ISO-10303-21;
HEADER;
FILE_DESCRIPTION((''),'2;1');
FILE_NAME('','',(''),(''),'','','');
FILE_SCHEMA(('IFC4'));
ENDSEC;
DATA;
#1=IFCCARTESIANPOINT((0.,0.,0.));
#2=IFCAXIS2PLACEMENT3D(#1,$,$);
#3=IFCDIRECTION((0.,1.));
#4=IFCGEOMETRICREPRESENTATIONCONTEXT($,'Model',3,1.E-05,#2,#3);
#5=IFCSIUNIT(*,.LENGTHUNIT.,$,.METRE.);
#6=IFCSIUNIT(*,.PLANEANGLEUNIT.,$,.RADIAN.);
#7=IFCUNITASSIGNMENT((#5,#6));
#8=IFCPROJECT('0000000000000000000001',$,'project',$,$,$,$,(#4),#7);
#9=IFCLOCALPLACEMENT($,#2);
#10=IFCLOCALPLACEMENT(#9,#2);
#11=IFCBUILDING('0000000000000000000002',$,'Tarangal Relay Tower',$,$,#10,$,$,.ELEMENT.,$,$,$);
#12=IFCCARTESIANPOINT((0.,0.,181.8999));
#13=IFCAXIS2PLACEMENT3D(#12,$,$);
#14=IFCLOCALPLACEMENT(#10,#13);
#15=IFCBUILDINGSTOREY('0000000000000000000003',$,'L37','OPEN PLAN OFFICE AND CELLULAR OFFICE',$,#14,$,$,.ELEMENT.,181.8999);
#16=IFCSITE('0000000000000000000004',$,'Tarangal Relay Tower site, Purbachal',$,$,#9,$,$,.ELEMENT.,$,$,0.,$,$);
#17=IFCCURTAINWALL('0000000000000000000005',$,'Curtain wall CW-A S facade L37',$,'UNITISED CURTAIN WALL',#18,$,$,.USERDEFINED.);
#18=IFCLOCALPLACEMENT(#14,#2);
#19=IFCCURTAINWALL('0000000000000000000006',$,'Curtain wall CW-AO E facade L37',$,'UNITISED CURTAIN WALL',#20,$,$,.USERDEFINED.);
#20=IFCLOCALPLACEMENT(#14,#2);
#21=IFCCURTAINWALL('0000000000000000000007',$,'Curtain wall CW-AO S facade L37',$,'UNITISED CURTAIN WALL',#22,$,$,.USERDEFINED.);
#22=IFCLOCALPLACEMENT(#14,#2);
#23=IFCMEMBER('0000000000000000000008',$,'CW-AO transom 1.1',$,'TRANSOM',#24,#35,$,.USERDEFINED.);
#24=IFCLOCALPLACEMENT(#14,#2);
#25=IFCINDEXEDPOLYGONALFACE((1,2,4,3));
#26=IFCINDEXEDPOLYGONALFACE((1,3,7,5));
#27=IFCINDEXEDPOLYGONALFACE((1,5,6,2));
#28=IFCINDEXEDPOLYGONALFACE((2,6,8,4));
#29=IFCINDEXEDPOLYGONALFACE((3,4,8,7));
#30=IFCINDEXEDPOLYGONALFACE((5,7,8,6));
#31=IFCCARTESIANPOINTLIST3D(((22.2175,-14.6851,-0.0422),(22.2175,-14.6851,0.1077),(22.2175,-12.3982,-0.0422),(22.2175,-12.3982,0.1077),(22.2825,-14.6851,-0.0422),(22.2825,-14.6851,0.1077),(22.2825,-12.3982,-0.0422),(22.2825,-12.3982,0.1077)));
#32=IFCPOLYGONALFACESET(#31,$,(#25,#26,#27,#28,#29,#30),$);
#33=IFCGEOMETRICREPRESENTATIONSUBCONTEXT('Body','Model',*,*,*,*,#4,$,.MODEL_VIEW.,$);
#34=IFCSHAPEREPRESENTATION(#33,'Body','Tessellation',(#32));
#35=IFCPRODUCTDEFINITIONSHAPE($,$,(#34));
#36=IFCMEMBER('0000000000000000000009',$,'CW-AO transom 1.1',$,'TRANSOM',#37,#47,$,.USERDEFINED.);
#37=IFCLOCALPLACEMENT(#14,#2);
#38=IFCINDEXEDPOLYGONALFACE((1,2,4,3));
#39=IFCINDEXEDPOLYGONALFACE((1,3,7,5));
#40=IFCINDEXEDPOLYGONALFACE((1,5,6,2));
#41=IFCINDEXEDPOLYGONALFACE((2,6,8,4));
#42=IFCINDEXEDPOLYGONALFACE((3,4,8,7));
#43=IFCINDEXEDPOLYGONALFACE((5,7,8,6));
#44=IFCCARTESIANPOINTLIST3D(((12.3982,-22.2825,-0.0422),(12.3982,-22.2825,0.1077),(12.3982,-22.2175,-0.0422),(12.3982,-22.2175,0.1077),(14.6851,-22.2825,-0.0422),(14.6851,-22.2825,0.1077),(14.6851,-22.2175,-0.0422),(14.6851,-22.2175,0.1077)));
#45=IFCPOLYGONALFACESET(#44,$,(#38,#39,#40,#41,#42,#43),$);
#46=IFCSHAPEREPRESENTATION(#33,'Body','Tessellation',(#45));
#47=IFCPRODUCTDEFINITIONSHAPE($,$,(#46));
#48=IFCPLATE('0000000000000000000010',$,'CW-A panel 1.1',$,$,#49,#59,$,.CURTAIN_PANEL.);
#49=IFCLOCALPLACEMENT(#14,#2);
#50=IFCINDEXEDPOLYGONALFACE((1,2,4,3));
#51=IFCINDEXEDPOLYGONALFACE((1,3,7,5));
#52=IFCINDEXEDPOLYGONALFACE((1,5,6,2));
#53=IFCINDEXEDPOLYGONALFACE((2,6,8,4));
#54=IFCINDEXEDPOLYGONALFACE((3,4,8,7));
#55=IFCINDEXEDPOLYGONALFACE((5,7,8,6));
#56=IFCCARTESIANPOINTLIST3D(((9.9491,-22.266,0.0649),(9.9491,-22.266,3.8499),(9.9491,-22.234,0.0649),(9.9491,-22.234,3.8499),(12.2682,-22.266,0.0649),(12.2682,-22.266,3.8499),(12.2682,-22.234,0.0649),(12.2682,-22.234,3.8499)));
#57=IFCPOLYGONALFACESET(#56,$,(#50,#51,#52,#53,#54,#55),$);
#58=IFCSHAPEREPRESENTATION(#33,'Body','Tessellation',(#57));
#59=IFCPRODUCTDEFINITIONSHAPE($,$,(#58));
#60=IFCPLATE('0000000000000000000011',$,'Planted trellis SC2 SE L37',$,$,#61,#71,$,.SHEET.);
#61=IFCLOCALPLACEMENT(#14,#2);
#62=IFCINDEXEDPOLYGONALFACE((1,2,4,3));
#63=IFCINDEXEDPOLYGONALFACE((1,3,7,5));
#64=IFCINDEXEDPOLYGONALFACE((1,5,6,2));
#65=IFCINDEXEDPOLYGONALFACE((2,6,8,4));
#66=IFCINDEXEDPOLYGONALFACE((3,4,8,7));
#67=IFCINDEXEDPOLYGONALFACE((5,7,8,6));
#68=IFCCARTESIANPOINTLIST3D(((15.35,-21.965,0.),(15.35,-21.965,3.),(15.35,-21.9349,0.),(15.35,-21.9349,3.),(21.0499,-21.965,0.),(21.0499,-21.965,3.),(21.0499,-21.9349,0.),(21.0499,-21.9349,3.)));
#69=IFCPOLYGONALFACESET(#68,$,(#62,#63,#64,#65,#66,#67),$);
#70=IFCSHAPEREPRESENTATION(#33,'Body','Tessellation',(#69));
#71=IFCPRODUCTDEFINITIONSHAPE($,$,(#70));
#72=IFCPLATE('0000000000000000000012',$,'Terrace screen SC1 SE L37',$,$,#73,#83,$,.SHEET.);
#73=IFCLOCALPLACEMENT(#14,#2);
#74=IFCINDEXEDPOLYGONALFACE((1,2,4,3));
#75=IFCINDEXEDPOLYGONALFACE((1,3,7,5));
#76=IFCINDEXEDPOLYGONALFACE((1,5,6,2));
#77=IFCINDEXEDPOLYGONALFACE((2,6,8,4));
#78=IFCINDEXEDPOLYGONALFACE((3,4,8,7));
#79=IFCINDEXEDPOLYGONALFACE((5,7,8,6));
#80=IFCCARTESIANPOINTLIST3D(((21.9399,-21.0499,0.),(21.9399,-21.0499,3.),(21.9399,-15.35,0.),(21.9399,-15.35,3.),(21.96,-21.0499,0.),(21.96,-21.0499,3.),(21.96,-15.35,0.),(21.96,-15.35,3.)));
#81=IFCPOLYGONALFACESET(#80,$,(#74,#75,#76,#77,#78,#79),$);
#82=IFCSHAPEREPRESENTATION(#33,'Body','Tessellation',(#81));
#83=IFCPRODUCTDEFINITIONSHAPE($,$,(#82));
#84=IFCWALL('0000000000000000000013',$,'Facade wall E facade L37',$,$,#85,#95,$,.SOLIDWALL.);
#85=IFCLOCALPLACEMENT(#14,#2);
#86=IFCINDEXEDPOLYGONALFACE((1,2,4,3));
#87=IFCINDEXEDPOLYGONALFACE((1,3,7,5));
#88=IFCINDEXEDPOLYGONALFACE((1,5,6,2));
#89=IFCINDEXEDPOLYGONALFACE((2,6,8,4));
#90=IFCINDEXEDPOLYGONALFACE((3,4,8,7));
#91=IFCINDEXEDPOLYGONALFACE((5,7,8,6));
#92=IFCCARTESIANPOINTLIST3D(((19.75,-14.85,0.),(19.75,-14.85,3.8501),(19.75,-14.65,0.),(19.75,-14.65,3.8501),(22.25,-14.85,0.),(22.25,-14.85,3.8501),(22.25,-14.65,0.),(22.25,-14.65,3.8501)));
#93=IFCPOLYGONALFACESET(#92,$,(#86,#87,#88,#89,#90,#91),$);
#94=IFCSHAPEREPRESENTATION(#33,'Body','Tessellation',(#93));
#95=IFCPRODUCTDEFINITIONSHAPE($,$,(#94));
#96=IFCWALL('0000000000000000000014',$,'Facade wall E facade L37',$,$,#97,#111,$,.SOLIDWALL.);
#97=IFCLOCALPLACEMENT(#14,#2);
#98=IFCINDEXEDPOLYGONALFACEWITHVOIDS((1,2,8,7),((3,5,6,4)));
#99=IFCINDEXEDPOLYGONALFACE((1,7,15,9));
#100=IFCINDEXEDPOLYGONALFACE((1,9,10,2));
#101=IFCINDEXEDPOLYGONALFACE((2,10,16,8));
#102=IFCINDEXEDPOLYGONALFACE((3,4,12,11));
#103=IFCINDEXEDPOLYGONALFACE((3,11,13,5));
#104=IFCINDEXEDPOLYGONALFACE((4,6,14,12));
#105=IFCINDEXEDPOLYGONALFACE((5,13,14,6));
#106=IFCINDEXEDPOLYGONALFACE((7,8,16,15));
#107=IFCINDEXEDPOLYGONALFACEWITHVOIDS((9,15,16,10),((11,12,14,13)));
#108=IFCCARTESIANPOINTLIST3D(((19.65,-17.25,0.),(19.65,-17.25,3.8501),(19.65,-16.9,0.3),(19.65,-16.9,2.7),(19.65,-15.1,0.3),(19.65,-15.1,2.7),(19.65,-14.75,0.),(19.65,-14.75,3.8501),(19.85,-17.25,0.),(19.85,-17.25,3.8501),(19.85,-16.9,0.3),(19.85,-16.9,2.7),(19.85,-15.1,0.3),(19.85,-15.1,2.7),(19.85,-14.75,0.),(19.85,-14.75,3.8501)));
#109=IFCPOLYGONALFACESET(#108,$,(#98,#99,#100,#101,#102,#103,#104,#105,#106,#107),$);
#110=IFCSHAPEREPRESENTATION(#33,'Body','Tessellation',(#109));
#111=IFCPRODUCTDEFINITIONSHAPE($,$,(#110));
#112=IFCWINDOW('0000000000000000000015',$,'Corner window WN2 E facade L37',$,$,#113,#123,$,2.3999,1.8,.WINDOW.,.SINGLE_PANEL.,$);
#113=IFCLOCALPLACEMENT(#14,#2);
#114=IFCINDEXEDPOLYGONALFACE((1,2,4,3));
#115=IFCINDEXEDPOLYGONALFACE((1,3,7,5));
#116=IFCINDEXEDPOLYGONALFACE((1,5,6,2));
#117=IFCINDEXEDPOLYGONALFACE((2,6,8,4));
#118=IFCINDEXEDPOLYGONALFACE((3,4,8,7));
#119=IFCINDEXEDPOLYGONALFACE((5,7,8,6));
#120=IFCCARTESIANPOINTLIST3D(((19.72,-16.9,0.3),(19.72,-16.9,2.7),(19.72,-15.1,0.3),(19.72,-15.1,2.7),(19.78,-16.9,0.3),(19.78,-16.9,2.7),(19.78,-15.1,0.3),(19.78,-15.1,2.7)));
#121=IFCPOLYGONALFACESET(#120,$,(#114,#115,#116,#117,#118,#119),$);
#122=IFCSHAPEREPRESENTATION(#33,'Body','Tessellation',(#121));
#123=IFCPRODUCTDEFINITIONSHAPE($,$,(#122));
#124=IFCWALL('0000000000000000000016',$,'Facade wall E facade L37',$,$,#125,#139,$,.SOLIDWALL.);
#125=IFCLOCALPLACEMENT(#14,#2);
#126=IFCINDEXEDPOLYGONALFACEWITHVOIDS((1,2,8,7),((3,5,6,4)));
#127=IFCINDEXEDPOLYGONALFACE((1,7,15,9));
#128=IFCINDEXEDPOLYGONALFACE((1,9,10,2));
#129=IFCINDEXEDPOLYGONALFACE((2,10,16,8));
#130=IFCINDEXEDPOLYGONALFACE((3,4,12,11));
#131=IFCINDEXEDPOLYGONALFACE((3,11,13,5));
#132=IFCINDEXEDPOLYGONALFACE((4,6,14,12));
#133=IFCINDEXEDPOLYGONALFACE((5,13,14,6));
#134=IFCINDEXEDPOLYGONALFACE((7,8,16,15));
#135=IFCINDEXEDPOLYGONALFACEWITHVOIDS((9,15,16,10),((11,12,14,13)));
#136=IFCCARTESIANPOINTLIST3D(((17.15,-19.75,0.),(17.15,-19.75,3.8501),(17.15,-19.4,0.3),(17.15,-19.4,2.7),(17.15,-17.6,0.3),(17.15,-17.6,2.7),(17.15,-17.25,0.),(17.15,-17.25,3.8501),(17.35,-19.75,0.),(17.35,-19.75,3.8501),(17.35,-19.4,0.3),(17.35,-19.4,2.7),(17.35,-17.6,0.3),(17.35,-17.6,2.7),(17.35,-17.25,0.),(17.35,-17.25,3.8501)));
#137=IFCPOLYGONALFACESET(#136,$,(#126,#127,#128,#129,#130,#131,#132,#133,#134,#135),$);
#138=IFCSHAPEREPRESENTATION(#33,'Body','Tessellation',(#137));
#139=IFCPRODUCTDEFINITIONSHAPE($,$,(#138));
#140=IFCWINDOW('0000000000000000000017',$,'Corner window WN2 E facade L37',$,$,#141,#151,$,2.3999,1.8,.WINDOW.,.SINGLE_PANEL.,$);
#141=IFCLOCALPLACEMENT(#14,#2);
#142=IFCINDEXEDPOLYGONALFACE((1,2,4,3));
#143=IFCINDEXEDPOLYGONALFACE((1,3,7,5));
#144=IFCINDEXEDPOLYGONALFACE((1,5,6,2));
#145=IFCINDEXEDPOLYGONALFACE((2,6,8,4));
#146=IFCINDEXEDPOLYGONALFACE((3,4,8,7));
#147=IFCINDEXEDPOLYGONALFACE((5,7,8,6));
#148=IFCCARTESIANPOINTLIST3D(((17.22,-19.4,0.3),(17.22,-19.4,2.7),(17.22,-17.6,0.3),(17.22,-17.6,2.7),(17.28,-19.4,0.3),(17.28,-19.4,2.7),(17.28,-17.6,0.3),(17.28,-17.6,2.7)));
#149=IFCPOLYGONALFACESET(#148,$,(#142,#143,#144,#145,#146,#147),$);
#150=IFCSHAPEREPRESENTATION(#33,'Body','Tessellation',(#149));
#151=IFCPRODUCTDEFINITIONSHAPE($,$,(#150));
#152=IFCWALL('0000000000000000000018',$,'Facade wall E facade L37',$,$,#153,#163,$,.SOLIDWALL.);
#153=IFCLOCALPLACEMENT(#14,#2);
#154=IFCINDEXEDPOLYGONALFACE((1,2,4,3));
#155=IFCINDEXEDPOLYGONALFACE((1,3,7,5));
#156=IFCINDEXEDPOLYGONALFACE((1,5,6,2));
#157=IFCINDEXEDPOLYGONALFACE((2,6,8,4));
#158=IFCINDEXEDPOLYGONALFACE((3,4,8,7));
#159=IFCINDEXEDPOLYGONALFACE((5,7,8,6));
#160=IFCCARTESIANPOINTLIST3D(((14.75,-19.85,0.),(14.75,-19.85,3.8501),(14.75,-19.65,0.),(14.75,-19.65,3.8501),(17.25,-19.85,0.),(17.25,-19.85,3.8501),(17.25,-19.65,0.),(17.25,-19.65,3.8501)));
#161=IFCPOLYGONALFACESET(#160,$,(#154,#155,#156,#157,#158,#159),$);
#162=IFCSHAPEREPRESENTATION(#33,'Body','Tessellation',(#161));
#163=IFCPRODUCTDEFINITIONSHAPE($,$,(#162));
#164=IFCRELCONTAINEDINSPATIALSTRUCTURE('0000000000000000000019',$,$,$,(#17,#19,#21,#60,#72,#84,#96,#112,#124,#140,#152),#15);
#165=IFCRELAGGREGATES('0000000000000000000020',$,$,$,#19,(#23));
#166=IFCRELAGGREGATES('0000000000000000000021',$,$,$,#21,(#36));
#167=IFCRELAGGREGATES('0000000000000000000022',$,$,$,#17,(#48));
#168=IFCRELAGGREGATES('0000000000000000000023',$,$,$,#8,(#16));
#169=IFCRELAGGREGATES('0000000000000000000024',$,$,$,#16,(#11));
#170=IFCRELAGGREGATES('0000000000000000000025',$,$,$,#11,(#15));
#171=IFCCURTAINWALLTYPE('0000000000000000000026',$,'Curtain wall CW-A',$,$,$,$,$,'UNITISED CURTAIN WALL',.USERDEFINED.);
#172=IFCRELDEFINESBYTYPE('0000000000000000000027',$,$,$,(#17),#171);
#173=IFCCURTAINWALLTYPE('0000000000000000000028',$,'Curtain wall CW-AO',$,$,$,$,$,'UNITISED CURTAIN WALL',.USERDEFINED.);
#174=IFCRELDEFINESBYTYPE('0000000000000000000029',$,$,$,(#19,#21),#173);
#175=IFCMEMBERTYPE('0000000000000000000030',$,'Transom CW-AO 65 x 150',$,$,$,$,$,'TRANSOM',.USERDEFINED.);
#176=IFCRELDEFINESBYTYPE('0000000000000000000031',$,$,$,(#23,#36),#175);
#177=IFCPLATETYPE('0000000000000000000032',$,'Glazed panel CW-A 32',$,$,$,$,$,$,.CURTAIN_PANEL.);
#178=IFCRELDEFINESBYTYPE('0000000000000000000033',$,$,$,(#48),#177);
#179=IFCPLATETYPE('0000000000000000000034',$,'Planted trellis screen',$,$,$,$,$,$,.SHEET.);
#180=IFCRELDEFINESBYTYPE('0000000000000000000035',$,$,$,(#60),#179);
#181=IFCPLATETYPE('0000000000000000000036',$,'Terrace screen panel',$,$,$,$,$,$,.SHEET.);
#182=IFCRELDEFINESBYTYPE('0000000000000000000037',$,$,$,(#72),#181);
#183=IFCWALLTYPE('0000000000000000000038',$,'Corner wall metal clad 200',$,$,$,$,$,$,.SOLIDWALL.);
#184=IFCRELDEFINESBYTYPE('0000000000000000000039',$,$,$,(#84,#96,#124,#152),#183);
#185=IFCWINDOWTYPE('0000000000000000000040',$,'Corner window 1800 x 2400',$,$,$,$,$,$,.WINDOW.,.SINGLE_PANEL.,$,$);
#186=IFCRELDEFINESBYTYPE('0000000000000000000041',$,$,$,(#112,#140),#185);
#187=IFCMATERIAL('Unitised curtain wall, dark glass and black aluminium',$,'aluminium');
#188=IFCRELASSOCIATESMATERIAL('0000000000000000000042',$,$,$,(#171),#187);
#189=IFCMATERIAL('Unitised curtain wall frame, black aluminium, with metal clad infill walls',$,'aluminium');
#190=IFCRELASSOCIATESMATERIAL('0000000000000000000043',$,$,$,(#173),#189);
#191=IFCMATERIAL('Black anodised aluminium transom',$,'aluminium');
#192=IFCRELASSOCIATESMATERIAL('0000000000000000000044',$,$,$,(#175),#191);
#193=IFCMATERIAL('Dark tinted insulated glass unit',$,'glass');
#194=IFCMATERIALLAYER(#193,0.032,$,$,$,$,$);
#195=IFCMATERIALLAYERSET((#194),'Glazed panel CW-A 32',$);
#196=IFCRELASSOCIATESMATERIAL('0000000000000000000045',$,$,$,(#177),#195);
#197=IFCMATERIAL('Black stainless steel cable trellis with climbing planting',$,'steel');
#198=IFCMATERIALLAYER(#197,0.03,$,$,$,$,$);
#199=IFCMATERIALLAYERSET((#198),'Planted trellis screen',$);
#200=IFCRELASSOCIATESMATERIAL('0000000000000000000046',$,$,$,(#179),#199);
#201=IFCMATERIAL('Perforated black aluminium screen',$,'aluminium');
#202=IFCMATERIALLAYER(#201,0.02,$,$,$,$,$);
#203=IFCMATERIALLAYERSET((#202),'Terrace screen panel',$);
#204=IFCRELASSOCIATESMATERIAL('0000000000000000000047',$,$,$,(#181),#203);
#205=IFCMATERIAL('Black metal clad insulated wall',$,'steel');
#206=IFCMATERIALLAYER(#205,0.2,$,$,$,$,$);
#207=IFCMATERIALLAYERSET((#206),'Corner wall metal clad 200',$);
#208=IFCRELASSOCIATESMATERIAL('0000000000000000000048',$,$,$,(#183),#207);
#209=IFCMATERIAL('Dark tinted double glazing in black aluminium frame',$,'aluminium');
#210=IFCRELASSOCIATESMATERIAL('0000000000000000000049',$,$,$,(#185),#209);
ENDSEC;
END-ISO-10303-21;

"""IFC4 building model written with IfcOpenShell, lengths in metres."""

from ifc_helpers import new_model, si_unit, direction, frame, frame_2d, origin, origin_2d, place, context, subcontext, project, spatial, rectangle, extrude, material, layer, layer_set, material_profile, profile_set, type_object, element, fill, aggregate, save


model = new_model("IFC4")

# Units and contexts
model_context = context("Model", 3, precision=1e-05, world=origin(), true_north=direction((0.0, 1.0)))
body_context = subcontext(model_context, "Body", "Model", "MODEL_VIEW")
ifc_project = project(units=[si_unit("LENGTHUNIT", "METRE"), si_unit("PLANEANGLEUNIT", "RADIAN")], contexts=[model_context])

# Site, building, storey
site_placement = place(None, origin())
site = spatial("IfcSite", under=ifc_project, at=site_placement, Name="Tarangal Relay Tower site, Purbachal", CompositionType="ELEMENT", RefElevation=0.0)
building_placement = place(site_placement, origin())
building = spatial("IfcBuilding", under=site, at=building_placement, Name="Tarangal Relay Tower", CompositionType="ELEMENT")
storey_placement = place(building_placement, frame((0.0, 0.0, 181.8999)))
storey = spatial("IfcBuildingStorey", under=building, at=storey_placement, Name="L37", Description="OPEN PLAN OFFICE AND CELLULAR OFFICE", CompositionType="ELEMENT", Elevation=181.8999)

# Curtain wall
ifc_material_1 = material(Name="Unitised curtain wall, dark glass and black aluminium", Category="aluminium")
curtain_wall_type_1 = type_object("IfcCurtainWallType", Name="Curtain wall CW-A", ElementType="UNITISED CURTAIN WALL", PredefinedType="USERDEFINED", material=ifc_material_1)
curtain_wall_1_placement = place(storey_placement, origin())
curtain_wall_1 = element("IfcCurtainWall", 1, at=curtain_wall_1_placement, inside=storey, type_object=curtain_wall_type_1, Name="Curtain wall CW-A S facade L37", ObjectType="UNITISED CURTAIN WALL", PredefinedType="USERDEFINED")

# Curtain walls
ifc_material_2 = material(Name="Unitised curtain wall frame, black aluminium, with metal clad infill walls", Category="aluminium")
curtain_wall_type_2 = type_object("IfcCurtainWallType", Name="Curtain wall CW-AO", ElementType="UNITISED CURTAIN WALL", PredefinedType="USERDEFINED", material=ifc_material_2)
curtain_wall_2_placement = place(storey_placement, origin())
curtain_wall_2 = element("IfcCurtainWall", 2, at=curtain_wall_2_placement, inside=storey, type_object=curtain_wall_type_2, Name="Curtain wall CW-AO E facade L37", ObjectType="UNITISED CURTAIN WALL", PredefinedType="USERDEFINED")
curtain_wall_3_placement = place(storey_placement, origin())
curtain_wall_3 = element("IfcCurtainWall", 3, at=curtain_wall_3_placement, inside=storey, type_object=curtain_wall_type_2, Name="Curtain wall CW-AO S facade L37", ObjectType="UNITISED CURTAIN WALL", PredefinedType="USERDEFINED")

# Members
ifc_material_3 = material(Name="Black anodised aluminium transom", Category="aluminium")
ifc_material_profile_1 = material_profile(ifc_material_3, rectangle(XDim=0.0649, YDim=0.1499, at=origin_2d()), Name="CW-AOT 65X150")
ifc_profile_set_1 = profile_set([ifc_material_profile_1], Name="Black anodised aluminium transom")
member_type_1 = type_object("IfcMemberType", Name="Transom CW-AO 65 x 150", ElementType="TRANSOM", PredefinedType="USERDEFINED", material=ifc_profile_set_1)
member_1_placement = place(storey_placement, frame((22.25, -12.3982, 0.0327), z_axis=(0.0, -1.0, 0.0), x_axis=(1.0, 0.0, 0.0)))
member_1 = element("IfcMember", 4, at=member_1_placement, type_object=member_type_1, Name="CW-AO transom 1.1", ObjectType="TRANSOM", PredefinedType="USERDEFINED", context=body_context, shape_type="SweptSolid", body=[
    extrude(rectangle(XDim=0.0649, YDim=0.1499, at=origin_2d()), origin(), (0.0, 0.0, 1.0), 2.2869),
])
aggregate(curtain_wall_2, [member_1])
member_2_placement = place(storey_placement, frame((14.6851, -22.25, 0.0327), z_axis=(-1.0, 0.0, 0.0), x_axis=(0.0, -1.0, 0.0)))
member_2 = element("IfcMember", 5, at=member_2_placement, type_object=member_type_1, Name="CW-AO transom 1.1", ObjectType="TRANSOM", PredefinedType="USERDEFINED", context=body_context, shape_type="SweptSolid", body=[
    extrude(rectangle(XDim=0.0649, YDim=0.1499, at=origin_2d()), origin(), (0.0, 0.0, 1.0), 2.2869),
])
aggregate(curtain_wall_3, [member_2])

# Plate
ifc_material_4 = material(Name="Dark tinted insulated glass unit", Category="glass")
ifc_layer_1 = layer(ifc_material_4, 0.032)
ifc_layer_set_1 = layer_set([ifc_layer_1], Name="Glazed panel CW-A 32")
plate_type_1 = type_object("IfcPlateType", Name="Glazed panel CW-A 32", PredefinedType="CURTAIN_PANEL", material=ifc_layer_set_1)
plate_1_placement = place(storey_placement, frame((11.1086, -22.25, 0.0649), z_axis=(0.0, 0.0, 1.0), x_axis=(-1.0, 0.0, 0.0)))
plate_1 = element("IfcPlate", 6, at=plate_1_placement, type_object=plate_type_1, Name="CW-A panel 1.1", PredefinedType="CURTAIN_PANEL", context=body_context, shape_type="SweptSolid", body=[
    extrude(rectangle(XDim=2.3191, YDim=0.032, at=origin_2d()), origin(), (0.0, 0.0, 1.0), 3.7849),
])
aggregate(curtain_wall_1, [plate_1])

# Plates
ifc_material_5 = material(Name="Black stainless steel cable trellis with climbing planting", Category="steel")
ifc_layer_2 = layer(ifc_material_5, 0.03)
ifc_layer_set_2 = layer_set([ifc_layer_2], Name="Planted trellis screen")
plate_type_2 = type_object("IfcPlateType", Name="Planted trellis screen", PredefinedType="SHEET", material=ifc_layer_set_2)
plate_2_placement = place(storey_placement, frame((18.2, -21.95, 0.0), z_axis=(0.0, 0.0, 1.0), x_axis=(-1.0, 0.0, 0.0)))
element("IfcPlate", 7, at=plate_2_placement, inside=storey, type_object=plate_type_2, Name="Planted trellis SC2 SE L37", PredefinedType="SHEET", context=body_context, shape_type="SweptSolid", body=[
    extrude(rectangle(XDim=5.7, YDim=0.03, at=origin_2d()), origin(), (0.0, 0.0, 1.0), 3.0),
])
ifc_material_6 = material(Name="Perforated black aluminium screen", Category="aluminium")
ifc_layer_3 = layer(ifc_material_6, 0.02)
ifc_layer_set_3 = layer_set([ifc_layer_3], Name="Terrace screen panel")
plate_type_3 = type_object("IfcPlateType", Name="Terrace screen panel", PredefinedType="SHEET", material=ifc_layer_set_3)
plate_3_placement = place(storey_placement, frame((21.95, -18.2, 0.0), z_axis=(0.0, 0.0, 1.0), x_axis=(0.0, -1.0, 0.0)))
element("IfcPlate", 8, at=plate_3_placement, inside=storey, type_object=plate_type_3, Name="Terrace screen SC1 SE L37", PredefinedType="SHEET", context=body_context, shape_type="SweptSolid", body=[
    extrude(rectangle(XDim=5.7, YDim=0.02, at=origin_2d()), origin(), (0.0, 0.0, 1.0), 3.0),
])

# Wall
ifc_material_7 = material(Name="Black metal clad insulated wall", Category="steel")
ifc_layer_4 = layer(ifc_material_7, 0.2)
ifc_layer_set_4 = layer_set([ifc_layer_4], Name="Corner wall metal clad 200")
wall_type_1 = type_object("IfcWallType", Name="Corner wall metal clad 200", PredefinedType="SOLIDWALL", material=ifc_layer_set_4)
wall_1_placement = place(storey_placement, frame((22.25, -14.75, 0.0), z_axis=(0.0, 0.0, 1.0), x_axis=(-1.0, 0.0, 0.0)))
element("IfcWall", 9, at=wall_1_placement, inside=storey, type_object=wall_type_1, Name="Facade wall E facade L37", PredefinedType="SOLIDWALL", context=body_context, shape_type="SweptSolid", body=[
    extrude(rectangle(XDim=2.5, YDim=0.2, at=frame_2d((1.25, 0.0))), origin(), (0.0, 0.0, 1.0), 3.8501),
])

# Wall, opening, window
wall_2_placement = place(storey_placement, frame((19.75, -14.75, 0.0), z_axis=(0.0, 0.0, 1.0), x_axis=(0.0, -1.0, 0.0)))
wall_2 = element("IfcWall", 10, at=wall_2_placement, inside=storey, type_object=wall_type_1, Name="Facade wall E facade L37", PredefinedType="SOLIDWALL", context=body_context, shape_type="SweptSolid", body=[
    extrude(rectangle(XDim=2.5, YDim=0.2, at=frame_2d((1.25, 0.0))), origin(), (0.0, 0.0, 1.0), 3.8501),
])
opening_1_placement = place(wall_2_placement, frame((0.3501, 0.0, 0.3)))
opening_1 = element("IfcOpeningElement", 11, at=opening_1_placement, cuts=wall_2, PredefinedType="OPENING", context=body_context, shape_type="SweptSolid", body=[
    extrude(rectangle(XDim=1.8, YDim=2.3999, at=frame_2d((0.8999, 1.2))), frame((0.0, 0.1099, 0.0), z_axis=(0.0, -1.0, 0.0), x_axis=(1.0, 0.0, 0.0)), (0.0, 0.0, 1.0), 0.22),
])
ifc_material_8 = material(Name="Dark tinted double glazing in black aluminium frame", Category="aluminium")
window_type = type_object("IfcWindowType", Name="Corner window 1800 x 2400", PartitioningType="SINGLE_PANEL", PredefinedType="WINDOW", material=ifc_material_8)
window_1_placement = place(opening_1_placement, origin())
window_1 = element("IfcWindow", 12, at=window_1_placement, inside=storey, type_object=window_type, Name="Corner window WN2 E facade L37", OverallHeight=2.3999, OverallWidth=1.8, PartitioningType="SINGLE_PANEL", PredefinedType="WINDOW", context=body_context, shape_type="SweptSolid", body=[
    extrude(rectangle(XDim=1.8, YDim=2.3999, at=frame_2d((0.8999, 1.2))), frame((0.0, 0.03, 0.0), z_axis=(0.0, -1.0, 0.0), x_axis=(1.0, 0.0, 0.0)), (0.0, 0.0, 1.0), 0.0601),
])
fill(opening_1, window_1)

# Wall, opening, window
wall_3_placement = place(storey_placement, frame((17.25, -17.25, 0.0), z_axis=(0.0, 0.0, 1.0), x_axis=(0.0, -1.0, 0.0)))
wall_3 = element("IfcWall", 13, at=wall_3_placement, inside=storey, type_object=wall_type_1, Name="Facade wall E facade L37", PredefinedType="SOLIDWALL", context=body_context, shape_type="SweptSolid", body=[
    extrude(rectangle(XDim=2.5, YDim=0.2, at=frame_2d((1.25, 0.0))), origin(), (0.0, 0.0, 1.0), 3.8501),
])
opening_2_placement = place(wall_3_placement, frame((0.3501, 0.0, 0.3)))
opening_2 = element("IfcOpeningElement", 14, at=opening_2_placement, cuts=wall_3, PredefinedType="OPENING", context=body_context, shape_type="SweptSolid", body=[
    extrude(rectangle(XDim=1.8, YDim=2.3999, at=frame_2d((0.8999, 1.2))), frame((0.0, 0.1099, 0.0), z_axis=(0.0, -1.0, 0.0), x_axis=(1.0, 0.0, 0.0)), (0.0, 0.0, 1.0), 0.22),
])
window_2_placement = place(opening_2_placement, origin())
window_2 = element("IfcWindow", 15, at=window_2_placement, inside=storey, type_object=window_type, Name="Corner window WN2 E facade L37", OverallHeight=2.3999, OverallWidth=1.8, PartitioningType="SINGLE_PANEL", PredefinedType="WINDOW", context=body_context, shape_type="SweptSolid", body=[
    extrude(rectangle(XDim=1.8, YDim=2.3999, at=frame_2d((0.8999, 1.2))), frame((0.0, 0.03, 0.0), z_axis=(0.0, -1.0, 0.0), x_axis=(1.0, 0.0, 0.0)), (0.0, 0.0, 1.0), 0.0601),
])
fill(opening_2, window_2)

# Wall
wall_4_placement = place(storey_placement, frame((17.25, -19.75, 0.0), z_axis=(0.0, 0.0, 1.0), x_axis=(-1.0, 0.0, 0.0)))
element("IfcWall", 16, at=wall_4_placement, inside=storey, type_object=wall_type_1, Name="Facade wall E facade L37", PredefinedType="SOLIDWALL", context=body_context, shape_type="SweptSolid", body=[
    extrude(rectangle(XDim=2.5, YDim=0.2, at=frame_2d((1.25, 0.0))), origin(), (0.0, 0.0, 1.0), 3.8501),
])

save(model, "model.ifc")
